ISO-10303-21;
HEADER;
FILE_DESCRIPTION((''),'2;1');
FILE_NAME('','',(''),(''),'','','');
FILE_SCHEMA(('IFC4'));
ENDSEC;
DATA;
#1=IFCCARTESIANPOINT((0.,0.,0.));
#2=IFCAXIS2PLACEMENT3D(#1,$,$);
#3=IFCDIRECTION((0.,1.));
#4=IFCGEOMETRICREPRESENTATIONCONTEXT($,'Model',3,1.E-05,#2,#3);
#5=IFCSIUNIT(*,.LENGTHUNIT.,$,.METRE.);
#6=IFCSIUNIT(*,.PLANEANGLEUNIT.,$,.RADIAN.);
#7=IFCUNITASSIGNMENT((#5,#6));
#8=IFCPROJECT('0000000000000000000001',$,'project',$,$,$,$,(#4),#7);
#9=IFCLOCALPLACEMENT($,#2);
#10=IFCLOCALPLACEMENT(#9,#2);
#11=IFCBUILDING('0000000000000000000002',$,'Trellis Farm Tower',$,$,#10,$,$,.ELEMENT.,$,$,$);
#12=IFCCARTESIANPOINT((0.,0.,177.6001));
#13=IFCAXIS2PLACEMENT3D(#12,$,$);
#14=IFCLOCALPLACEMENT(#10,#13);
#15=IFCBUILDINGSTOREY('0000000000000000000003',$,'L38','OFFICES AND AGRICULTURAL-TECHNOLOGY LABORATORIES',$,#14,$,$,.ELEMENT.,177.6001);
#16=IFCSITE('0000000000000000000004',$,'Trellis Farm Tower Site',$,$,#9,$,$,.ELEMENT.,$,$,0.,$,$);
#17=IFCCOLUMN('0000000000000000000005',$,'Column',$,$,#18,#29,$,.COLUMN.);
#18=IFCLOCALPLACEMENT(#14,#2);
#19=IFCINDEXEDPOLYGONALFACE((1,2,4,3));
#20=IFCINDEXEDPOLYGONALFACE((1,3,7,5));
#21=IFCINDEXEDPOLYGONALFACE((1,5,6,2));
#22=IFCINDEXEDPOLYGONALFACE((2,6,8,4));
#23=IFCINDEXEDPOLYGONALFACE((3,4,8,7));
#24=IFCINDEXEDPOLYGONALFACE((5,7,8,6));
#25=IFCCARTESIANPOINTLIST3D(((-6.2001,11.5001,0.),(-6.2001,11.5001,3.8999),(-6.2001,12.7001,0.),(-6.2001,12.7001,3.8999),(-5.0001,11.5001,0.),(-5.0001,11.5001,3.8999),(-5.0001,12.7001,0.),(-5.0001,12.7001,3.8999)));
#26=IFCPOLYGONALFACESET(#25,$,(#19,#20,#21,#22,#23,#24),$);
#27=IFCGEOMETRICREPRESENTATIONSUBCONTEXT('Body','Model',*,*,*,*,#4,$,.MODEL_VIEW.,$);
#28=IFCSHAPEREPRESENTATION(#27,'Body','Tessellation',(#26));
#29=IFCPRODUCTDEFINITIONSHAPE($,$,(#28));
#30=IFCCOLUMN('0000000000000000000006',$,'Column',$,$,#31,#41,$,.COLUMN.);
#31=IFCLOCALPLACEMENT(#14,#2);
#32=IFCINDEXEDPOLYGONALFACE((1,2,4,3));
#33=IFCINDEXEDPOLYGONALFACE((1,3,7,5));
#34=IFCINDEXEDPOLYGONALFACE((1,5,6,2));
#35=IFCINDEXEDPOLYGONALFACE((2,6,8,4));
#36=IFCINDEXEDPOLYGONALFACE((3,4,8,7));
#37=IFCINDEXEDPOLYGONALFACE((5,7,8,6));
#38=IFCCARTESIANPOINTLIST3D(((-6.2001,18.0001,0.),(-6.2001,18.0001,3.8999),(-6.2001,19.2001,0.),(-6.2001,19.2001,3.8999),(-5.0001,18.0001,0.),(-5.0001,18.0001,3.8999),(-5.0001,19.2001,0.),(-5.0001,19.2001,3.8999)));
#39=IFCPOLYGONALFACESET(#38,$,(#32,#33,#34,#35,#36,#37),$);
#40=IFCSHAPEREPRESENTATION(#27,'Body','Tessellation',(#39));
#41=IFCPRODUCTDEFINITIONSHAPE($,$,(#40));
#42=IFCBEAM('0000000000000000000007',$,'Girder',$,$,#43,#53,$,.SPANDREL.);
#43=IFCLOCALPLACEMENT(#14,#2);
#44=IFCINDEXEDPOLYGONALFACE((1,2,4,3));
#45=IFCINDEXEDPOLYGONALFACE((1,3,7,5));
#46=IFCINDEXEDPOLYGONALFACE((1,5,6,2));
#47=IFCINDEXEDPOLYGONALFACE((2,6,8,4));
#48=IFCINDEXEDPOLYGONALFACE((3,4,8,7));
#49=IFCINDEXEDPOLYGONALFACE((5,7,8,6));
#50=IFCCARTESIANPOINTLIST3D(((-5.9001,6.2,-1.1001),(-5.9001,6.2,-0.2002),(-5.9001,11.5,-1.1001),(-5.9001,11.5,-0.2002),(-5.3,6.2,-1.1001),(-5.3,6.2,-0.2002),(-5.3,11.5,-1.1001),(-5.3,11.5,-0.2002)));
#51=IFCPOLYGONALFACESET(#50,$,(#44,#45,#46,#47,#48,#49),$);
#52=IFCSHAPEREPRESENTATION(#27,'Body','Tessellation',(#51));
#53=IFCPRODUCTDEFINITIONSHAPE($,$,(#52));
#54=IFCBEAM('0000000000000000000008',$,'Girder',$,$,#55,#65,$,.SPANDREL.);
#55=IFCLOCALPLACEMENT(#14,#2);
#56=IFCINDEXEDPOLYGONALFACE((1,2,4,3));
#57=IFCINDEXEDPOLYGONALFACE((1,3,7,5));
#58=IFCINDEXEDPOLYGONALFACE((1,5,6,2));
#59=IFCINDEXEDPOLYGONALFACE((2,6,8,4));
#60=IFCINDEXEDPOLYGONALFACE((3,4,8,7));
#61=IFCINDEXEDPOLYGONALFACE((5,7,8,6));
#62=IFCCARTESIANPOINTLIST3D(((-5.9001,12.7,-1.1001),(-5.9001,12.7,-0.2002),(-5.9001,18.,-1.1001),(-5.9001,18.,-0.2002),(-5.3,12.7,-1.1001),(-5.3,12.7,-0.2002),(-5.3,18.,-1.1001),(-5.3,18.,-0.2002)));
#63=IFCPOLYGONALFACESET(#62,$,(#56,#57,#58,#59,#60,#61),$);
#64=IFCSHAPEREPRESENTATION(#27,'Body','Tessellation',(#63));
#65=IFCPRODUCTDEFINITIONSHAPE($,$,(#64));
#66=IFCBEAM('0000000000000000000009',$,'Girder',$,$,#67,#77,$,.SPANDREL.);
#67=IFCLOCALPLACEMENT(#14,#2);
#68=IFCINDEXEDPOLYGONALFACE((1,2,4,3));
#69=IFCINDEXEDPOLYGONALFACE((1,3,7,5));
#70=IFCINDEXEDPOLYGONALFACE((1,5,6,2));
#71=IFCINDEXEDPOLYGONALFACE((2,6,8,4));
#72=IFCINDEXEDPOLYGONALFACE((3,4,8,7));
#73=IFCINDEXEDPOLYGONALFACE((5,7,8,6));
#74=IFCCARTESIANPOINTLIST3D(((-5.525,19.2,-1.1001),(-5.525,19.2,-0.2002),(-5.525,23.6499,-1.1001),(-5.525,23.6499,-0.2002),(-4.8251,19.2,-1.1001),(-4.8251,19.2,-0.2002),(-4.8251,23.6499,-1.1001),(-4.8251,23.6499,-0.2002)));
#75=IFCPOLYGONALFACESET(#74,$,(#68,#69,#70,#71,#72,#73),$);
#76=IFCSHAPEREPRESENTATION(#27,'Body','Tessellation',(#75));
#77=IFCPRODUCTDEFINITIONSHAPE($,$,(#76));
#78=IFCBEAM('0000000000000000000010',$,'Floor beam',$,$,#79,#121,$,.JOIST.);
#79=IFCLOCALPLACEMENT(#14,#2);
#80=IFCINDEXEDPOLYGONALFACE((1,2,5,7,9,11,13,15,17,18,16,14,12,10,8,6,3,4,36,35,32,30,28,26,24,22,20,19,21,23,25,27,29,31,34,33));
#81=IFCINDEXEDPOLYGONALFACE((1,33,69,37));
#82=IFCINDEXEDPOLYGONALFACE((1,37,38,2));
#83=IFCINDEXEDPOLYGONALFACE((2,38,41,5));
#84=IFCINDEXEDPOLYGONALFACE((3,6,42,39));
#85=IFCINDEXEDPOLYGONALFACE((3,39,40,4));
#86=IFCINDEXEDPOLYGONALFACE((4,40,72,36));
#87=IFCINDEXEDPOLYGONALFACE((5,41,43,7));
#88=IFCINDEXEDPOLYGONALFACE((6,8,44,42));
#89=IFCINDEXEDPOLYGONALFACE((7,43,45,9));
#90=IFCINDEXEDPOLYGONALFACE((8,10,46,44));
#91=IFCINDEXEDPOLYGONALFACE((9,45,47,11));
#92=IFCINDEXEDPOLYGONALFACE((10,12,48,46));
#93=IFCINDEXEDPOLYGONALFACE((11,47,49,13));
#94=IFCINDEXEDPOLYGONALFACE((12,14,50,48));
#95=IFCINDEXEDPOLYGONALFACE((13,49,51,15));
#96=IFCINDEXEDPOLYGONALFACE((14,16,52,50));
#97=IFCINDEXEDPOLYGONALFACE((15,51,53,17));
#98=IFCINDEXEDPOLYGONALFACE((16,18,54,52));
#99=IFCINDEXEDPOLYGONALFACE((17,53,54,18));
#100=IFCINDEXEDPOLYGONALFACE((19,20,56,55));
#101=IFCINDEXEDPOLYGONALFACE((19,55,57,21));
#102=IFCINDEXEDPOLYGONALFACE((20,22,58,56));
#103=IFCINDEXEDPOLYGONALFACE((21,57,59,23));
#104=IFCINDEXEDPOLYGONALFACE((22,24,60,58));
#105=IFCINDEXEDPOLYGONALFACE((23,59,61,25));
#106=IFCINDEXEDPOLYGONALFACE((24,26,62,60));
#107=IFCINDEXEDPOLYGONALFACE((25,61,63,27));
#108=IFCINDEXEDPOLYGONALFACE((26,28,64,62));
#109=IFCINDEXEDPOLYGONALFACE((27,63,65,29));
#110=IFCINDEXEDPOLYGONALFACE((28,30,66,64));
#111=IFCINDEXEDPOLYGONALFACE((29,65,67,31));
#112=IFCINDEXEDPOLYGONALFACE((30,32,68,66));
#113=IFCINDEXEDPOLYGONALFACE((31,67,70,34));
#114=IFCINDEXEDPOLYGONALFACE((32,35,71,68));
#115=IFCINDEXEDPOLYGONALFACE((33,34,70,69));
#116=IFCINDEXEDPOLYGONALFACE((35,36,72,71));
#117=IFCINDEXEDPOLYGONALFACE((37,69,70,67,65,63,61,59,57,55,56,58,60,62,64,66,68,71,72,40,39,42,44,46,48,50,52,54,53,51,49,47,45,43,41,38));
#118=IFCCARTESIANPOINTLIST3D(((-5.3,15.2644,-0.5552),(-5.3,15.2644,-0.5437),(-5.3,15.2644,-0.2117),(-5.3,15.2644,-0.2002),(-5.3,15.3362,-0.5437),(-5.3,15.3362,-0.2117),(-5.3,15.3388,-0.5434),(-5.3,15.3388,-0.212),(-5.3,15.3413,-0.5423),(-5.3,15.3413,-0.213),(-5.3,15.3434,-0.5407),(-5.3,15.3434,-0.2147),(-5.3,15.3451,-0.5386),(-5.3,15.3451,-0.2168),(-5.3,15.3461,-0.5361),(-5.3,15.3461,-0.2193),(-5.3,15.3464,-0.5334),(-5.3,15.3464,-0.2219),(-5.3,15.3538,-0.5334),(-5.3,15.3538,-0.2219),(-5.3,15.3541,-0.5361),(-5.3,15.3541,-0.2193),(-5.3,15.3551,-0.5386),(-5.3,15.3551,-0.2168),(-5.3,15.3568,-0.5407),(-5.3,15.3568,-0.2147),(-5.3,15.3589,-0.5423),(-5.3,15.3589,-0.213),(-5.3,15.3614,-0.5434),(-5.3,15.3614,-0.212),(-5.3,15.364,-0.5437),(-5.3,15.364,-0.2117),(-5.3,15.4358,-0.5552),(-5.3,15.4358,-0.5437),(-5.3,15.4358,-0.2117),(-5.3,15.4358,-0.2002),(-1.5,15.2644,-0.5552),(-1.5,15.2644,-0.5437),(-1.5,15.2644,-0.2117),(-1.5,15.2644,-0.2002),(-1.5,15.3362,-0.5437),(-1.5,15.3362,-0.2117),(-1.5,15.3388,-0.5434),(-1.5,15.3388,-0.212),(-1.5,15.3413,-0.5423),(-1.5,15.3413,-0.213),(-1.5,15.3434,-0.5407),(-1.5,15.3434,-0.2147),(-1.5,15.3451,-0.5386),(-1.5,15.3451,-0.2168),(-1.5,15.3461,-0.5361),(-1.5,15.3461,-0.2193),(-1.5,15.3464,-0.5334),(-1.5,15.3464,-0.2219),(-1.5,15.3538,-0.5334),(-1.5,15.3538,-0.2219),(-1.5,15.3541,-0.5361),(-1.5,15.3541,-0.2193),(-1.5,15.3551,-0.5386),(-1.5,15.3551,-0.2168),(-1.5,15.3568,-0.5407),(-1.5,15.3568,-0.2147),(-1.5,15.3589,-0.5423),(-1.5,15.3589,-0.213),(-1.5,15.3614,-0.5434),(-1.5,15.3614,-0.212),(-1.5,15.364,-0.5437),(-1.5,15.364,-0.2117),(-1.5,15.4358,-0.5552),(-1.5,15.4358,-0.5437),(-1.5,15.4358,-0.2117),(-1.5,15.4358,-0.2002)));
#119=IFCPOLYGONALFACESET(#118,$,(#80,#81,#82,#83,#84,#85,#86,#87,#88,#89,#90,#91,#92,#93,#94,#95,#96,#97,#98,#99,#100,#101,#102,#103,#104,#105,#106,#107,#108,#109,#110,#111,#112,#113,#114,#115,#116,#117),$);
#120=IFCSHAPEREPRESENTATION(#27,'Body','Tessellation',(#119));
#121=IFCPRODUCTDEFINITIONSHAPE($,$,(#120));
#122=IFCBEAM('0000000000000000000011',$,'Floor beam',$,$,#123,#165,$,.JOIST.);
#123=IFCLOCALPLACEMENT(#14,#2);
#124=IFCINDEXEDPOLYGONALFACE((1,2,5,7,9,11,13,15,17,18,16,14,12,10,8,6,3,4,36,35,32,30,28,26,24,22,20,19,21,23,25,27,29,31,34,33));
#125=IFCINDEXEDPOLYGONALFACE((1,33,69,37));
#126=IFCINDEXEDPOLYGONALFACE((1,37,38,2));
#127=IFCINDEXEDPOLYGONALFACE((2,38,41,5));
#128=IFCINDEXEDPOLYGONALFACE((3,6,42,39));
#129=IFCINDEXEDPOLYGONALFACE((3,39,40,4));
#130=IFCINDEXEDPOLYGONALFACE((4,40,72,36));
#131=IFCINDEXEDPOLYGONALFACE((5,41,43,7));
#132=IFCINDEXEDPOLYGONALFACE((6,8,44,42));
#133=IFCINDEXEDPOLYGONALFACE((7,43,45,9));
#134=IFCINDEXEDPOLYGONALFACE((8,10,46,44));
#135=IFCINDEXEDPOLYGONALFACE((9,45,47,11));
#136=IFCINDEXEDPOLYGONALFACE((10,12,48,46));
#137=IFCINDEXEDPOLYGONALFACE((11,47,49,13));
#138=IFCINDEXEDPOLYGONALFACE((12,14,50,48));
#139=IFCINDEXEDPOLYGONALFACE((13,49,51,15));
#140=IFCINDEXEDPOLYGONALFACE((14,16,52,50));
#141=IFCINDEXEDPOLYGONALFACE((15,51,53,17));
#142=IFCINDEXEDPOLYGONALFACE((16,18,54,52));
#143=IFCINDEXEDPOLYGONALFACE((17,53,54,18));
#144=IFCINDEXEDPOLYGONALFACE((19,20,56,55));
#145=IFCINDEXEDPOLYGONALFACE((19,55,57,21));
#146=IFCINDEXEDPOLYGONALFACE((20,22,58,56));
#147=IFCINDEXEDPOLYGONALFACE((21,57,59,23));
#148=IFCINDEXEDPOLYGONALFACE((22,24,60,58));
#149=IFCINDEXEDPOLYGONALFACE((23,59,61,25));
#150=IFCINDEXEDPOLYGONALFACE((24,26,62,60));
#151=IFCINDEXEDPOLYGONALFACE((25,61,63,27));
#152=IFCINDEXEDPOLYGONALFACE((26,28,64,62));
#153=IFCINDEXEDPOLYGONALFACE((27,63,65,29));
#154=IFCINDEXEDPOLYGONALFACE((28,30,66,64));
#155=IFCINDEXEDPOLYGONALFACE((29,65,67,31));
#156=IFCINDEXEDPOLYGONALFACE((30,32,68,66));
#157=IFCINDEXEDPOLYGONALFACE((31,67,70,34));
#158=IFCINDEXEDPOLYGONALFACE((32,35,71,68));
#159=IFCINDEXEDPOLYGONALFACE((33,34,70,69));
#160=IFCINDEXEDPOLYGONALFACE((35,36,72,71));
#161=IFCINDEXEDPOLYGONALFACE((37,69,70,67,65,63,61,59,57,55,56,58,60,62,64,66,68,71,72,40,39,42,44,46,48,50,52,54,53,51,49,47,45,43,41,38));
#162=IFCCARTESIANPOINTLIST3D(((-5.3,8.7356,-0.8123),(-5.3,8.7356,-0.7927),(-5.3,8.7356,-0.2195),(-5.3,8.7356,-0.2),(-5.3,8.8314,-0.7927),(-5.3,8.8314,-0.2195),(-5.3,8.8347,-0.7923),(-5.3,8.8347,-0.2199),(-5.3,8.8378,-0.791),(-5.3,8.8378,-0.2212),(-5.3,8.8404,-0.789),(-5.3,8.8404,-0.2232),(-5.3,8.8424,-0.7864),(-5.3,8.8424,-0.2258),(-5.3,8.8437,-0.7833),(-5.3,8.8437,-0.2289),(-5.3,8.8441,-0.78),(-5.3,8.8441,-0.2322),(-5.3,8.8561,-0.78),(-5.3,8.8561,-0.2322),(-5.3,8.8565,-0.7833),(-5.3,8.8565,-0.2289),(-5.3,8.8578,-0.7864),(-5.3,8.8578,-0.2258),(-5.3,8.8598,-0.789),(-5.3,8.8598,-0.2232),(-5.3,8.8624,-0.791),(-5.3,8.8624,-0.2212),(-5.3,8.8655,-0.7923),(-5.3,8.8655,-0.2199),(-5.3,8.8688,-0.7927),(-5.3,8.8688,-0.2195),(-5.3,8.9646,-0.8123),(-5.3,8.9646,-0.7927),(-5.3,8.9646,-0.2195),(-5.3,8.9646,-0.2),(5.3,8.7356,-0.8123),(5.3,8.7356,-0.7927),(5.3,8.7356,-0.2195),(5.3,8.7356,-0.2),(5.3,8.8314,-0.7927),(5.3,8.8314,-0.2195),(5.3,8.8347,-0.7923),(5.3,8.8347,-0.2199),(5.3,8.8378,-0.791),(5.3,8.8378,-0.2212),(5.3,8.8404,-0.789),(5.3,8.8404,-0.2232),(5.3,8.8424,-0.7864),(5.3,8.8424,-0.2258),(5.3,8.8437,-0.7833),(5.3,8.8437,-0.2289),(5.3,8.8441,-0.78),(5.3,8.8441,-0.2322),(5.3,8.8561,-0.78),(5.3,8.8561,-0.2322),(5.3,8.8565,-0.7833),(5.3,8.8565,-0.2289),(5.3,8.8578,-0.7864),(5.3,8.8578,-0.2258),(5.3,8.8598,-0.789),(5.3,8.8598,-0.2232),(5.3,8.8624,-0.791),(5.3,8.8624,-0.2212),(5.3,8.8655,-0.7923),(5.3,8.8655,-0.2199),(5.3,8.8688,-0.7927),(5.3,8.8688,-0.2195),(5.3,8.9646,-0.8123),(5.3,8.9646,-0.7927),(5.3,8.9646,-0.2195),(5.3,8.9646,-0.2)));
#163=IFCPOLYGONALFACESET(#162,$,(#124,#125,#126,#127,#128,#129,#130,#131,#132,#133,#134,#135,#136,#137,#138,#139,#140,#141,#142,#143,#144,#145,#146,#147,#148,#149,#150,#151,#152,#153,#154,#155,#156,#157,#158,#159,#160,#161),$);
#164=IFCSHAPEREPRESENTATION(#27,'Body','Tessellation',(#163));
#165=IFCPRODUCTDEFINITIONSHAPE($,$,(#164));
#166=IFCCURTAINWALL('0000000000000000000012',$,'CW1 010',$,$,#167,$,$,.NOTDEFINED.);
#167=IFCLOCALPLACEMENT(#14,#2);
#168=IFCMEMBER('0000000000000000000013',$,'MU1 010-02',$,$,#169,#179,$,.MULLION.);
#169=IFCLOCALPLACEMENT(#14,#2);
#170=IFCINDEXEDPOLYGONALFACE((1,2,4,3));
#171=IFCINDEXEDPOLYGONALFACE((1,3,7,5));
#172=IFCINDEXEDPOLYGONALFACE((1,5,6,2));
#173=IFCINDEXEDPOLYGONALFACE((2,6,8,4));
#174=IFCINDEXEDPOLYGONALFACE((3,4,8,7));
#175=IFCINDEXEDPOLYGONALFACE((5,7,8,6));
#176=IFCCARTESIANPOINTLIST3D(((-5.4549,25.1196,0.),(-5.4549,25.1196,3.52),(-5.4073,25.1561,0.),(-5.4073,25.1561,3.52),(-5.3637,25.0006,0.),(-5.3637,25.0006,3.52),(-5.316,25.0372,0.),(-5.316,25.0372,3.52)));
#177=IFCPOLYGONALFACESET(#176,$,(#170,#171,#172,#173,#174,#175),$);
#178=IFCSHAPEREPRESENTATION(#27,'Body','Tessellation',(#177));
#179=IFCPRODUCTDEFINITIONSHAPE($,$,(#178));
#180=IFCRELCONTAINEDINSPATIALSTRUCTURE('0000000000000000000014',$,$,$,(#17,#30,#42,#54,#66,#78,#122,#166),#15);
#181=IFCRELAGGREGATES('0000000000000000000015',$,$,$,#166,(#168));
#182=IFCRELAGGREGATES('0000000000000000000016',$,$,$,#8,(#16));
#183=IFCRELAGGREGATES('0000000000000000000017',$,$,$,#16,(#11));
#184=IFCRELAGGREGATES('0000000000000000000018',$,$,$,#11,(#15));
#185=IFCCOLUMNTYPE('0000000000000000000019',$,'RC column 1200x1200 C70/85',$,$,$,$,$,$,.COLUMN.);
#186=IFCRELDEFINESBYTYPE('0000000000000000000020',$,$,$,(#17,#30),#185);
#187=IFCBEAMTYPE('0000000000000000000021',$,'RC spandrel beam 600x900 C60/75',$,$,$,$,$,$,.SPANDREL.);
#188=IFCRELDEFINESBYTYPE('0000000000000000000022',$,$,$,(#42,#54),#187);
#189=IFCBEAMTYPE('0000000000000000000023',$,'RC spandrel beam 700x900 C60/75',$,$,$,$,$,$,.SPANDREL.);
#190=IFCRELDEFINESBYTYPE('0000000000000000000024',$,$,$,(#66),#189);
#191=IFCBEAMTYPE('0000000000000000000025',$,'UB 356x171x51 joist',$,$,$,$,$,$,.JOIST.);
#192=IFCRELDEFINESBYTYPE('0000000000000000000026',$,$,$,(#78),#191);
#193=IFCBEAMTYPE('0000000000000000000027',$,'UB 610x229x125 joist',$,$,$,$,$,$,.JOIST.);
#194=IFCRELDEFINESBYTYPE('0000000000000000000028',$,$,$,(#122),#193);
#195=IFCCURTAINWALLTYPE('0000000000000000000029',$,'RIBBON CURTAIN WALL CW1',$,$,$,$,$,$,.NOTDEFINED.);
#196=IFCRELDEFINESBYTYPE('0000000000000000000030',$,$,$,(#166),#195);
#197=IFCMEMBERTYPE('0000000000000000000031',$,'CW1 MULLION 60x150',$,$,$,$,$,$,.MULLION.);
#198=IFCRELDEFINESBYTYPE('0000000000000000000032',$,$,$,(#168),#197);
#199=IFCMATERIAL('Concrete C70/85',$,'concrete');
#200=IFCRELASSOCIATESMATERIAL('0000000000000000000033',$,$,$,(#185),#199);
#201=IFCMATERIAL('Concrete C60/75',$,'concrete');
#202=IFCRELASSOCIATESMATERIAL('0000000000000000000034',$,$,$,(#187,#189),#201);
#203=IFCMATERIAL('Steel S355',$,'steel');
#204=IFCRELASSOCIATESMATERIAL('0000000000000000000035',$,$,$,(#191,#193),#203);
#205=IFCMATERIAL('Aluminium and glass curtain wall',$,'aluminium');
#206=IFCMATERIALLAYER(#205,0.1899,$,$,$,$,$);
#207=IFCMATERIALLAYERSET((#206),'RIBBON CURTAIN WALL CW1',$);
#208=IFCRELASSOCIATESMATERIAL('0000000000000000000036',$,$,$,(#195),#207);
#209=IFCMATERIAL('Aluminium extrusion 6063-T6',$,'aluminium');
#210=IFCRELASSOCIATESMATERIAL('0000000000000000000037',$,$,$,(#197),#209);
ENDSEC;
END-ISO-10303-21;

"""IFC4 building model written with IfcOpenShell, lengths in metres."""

from ifc_helpers import new_model, si_unit, direction, frame, origin, origin_2d, place, context, subcontext, project, spatial, rectangle, i_section, extrude, source, transform, mapped, material, layer, layer_set, material_profile, profile_set, type_object, element, aggregate, save


model = new_model("IFC4")

# Units and contexts
model_context = context("Model", 3, precision=1e-05, world=origin(), true_north=direction((0.0, 1.0)))
body_context = subcontext(model_context, "Body", "Model", "MODEL_VIEW")
ifc_project = project(units=[si_unit("LENGTHUNIT", "METRE"), si_unit("PLANEANGLEUNIT", "RADIAN")], contexts=[model_context])

# Site, building, storey
site_placement = place(None, origin())
site = spatial("IfcSite", under=ifc_project, at=site_placement, Name="Trellis Farm Tower Site", CompositionType="ELEMENT", RefElevation=0.0)
building_placement = place(site_placement, origin())
building = spatial("IfcBuilding", under=site, at=building_placement, Name="Trellis Farm Tower", CompositionType="ELEMENT")
storey_placement = place(building_placement, frame((0.0, 0.0, 177.6001)))
storey = spatial("IfcBuildingStorey", under=building, at=storey_placement, Name="L38", Description="OFFICES AND AGRICULTURAL-TECHNOLOGY LABORATORIES", CompositionType="ELEMENT", Elevation=177.6001)

# Columns
ifc_material_1 = material(Name="Concrete C70/85", Category="concrete")
ifc_material_profile_1 = material_profile(ifc_material_1, rectangle(XDim=1.2, YDim=1.2, at=origin_2d()), Name="RC column 1200x1200 C70/85")
ifc_profile_set_1 = profile_set([ifc_material_profile_1], Name="Concrete C70/85")
column_type = type_object("IfcColumnType", Name="RC column 1200x1200 C70/85", PredefinedType="COLUMN", material=ifc_profile_set_1)
shared_shape_1 = source(origin(), body_context, "Body", "SweptSolid", [
    extrude(rectangle(XDim=1.2, YDim=1.2, at=origin_2d()), origin(), (0.0, 0.0, 1.0), 3.8999),
])
for number, where, z_axis, x_axis, name in (
    (1, (-5.6001, 12.1001, 0.0), (0.0, 0.0, 1.0), (1.0, 0.0, 0.0), "Column"),
    (2, (-5.6001, 18.6001, 0.0), (0.0, 0.0, 1.0), (1.0, 0.0, 0.0), "Column"),
):
    element("IfcColumn", number, at=place(storey_placement, frame(where, z_axis=z_axis, x_axis=x_axis)), inside=storey, type_object=column_type, Name=name, PredefinedType="COLUMN", context=body_context, shape_type="MappedRepresentation", body=[
        mapped(shared_shape_1, transform((0.0, 0.0, 0.0))),
    ])

# Beams
ifc_material_2 = material(Name="Concrete C60/75", Category="concrete")
ifc_material_profile_2 = material_profile(ifc_material_2, rectangle(XDim=0.6001, YDim=0.8999, at=origin_2d()), Name="RC spandrel beam 600x900 C60/75")
ifc_profile_set_2 = profile_set([ifc_material_profile_2], Name="Concrete C60/75")
beam_type_1 = type_object("IfcBeamType", Name="RC spandrel beam 600x900 C60/75", PredefinedType="SPANDREL", material=ifc_profile_set_2)
shared_shape_2 = source(origin(), body_context, "Body", "SweptSolid", [
    extrude(rectangle(XDim=0.6001, YDim=0.8999, at=origin_2d()), origin(), (0.0, 0.0, 1.0), 5.3),
])
for number, where, z_axis, x_axis, name in (
    (3, (-5.6001, 6.2, -0.6501), (0.0, 1.0, 0.0), (-1.0, 0.0, 0.0), "Girder"),
    (4, (-5.6001, 12.7, -0.6501), (0.0, 1.0, 0.0), (-1.0, 0.0, 0.0), "Girder"),
):
    element("IfcBeam", number, at=place(storey_placement, frame(where, z_axis=z_axis, x_axis=x_axis)), inside=storey, type_object=beam_type_1, Name=name, PredefinedType="SPANDREL", context=body_context, shape_type="MappedRepresentation", body=[
        mapped(shared_shape_2, transform((0.0, 0.0, 0.0))),
    ])
ifc_material_profile_3 = material_profile(ifc_material_2, rectangle(XDim=0.7, YDim=0.8999, at=origin_2d()), Name="RC spandrel beam 700x900 C60/75")
ifc_profile_set_3 = profile_set([ifc_material_profile_3], Name="Concrete C60/75")
beam_type_2 = type_object("IfcBeamType", Name="RC spandrel beam 700x900 C60/75", PredefinedType="SPANDREL", material=ifc_profile_set_3)
shared_shape_3 = source(origin(), body_context, "Body", "SweptSolid", [
    extrude(rectangle(XDim=0.7, YDim=0.8999, at=origin_2d()), origin(), (0.0, 0.0, 1.0), 4.45),
])
beam_1_placement = place(storey_placement, frame((-5.175, 19.2, -0.6501), z_axis=(0.0, 1.0, 0.0), x_axis=(-1.0, 0.0, 0.0)))
element("IfcBeam", 5, at=beam_1_placement, inside=storey, type_object=beam_type_2, Name="Girder", PredefinedType="SPANDREL", context=body_context, shape_type="MappedRepresentation", body=[
    mapped(shared_shape_3, transform((0.0, 0.0, 0.0))),
])
ifc_material_3 = material(Name="Steel S355", Category="steel")
ifc_material_profile_4 = material_profile(ifc_material_3, i_section(OverallWidth=0.1714, OverallDepth=0.355, WebThickness=0.0073, FlangeThickness=0.0115, FilletRadius=0.0103, at=origin_2d()), Name="UB 356x171x51")
ifc_profile_set_4 = profile_set([ifc_material_profile_4], Name="Steel S355")
beam_type_3 = type_object("IfcBeamType", Name="UB 356x171x51 joist", PredefinedType="JOIST", material=ifc_profile_set_4)
shared_shape_4 = source(origin(), body_context, "Body", "SweptSolid", [
    extrude(i_section(OverallWidth=0.1714, OverallDepth=0.355, WebThickness=0.0073, FlangeThickness=0.0115, FilletRadius=0.0103, at=origin_2d()), origin(), (0.0, 0.0, 1.0), 3.8),
])
beam_2_placement = place(storey_placement, frame((-5.3, 15.3501, -0.3777), z_axis=(1.0, 0.0, 0.0), x_axis=(0.0, 1.0, 0.0)))
element("IfcBeam", 6, at=beam_2_placement, inside=storey, type_object=beam_type_3, Name="Floor beam", PredefinedType="JOIST", context=body_context, shape_type="MappedRepresentation", body=[
    mapped(shared_shape_4, transform((0.0, 0.0, 0.0))),
])
ifc_material_profile_5 = material_profile(ifc_material_3, i_section(OverallWidth=0.229, OverallDepth=0.6123, WebThickness=0.012, FlangeThickness=0.0195, FilletRadius=0.0127, at=origin_2d()), Name="UB 610x229x125")
ifc_profile_set_5 = profile_set([ifc_material_profile_5], Name="Steel S355")
beam_type_4 = type_object("IfcBeamType", Name="UB 610x229x125 joist", PredefinedType="JOIST", material=ifc_profile_set_5)
shared_shape_5 = source(origin(), body_context, "Body", "SweptSolid", [
    extrude(i_section(OverallWidth=0.229, OverallDepth=0.6123, WebThickness=0.012, FlangeThickness=0.0195, FilletRadius=0.0127, at=origin_2d()), origin(), (0.0, 0.0, 1.0), 10.6001),
])
beam_3_placement = place(storey_placement, frame((-5.3, 8.8501, -0.5061), z_axis=(1.0, 0.0, 0.0), x_axis=(0.0, 1.0, 0.0)))
element("IfcBeam", 7, at=beam_3_placement, inside=storey, type_object=beam_type_4, Name="Floor beam", PredefinedType="JOIST", context=body_context, shape_type="MappedRepresentation", body=[
    mapped(shared_shape_5, transform((0.0, 0.0, 0.0))),
])

# Curtain wall, member
ifc_material_4 = material(Name="Aluminium and glass curtain wall", Category="aluminium")
ifc_layer_1 = layer(ifc_material_4, 0.1899)
ifc_layer_set_1 = layer_set([ifc_layer_1], Name="RIBBON CURTAIN WALL CW1")
curtain_wall_type_1 = type_object("IfcCurtainWallType", Name="RIBBON CURTAIN WALL CW1", PredefinedType="NOTDEFINED", material=ifc_layer_set_1)
placement = place(storey_placement, origin())
curtain_wall_1 = element("IfcCurtainWall", 8, at=placement, inside=storey, type_object=curtain_wall_type_1, Name="CW1 010", PredefinedType="NOTDEFINED")
ifc_material_5 = material(Name="Aluminium extrusion 6063-T6", Category="aluminium")
ifc_material_profile_6 = material_profile(ifc_material_5, rectangle(XDim=0.0601, YDim=0.1499, at=origin_2d()), Name="MULLION 60x150")
ifc_profile_set_6 = profile_set([ifc_material_profile_6], Name="Aluminium extrusion 6063-T6")
member_type_1 = type_object("IfcMemberType", Name="CW1 MULLION 60x150", PredefinedType="MULLION", material=ifc_profile_set_6)
shared_shape_6 = source(origin(), body_context, "Body", "SweptSolid", [
    extrude(rectangle(XDim=0.0601, YDim=0.1499, at=origin_2d()), origin(), (0.0, 0.0, 1.0), 3.52),
])
member_1_placement = place(storey_placement, frame((-5.3855, 25.0784, 0.0), z_axis=(0.0, 0.0, 1.0), x_axis=(-0.793353, -0.608761, 0.0)))
member_1 = element("IfcMember", 9, at=member_1_placement, type_object=member_type_1, Name="MU1 010-02", PredefinedType="MULLION", context=body_context, shape_type="MappedRepresentation", body=[
    mapped(shared_shape_6, transform((0.0, 0.0, 0.0))),
])
aggregate(curtain_wall_1, [member_1])

save(model, "model.ifc")
